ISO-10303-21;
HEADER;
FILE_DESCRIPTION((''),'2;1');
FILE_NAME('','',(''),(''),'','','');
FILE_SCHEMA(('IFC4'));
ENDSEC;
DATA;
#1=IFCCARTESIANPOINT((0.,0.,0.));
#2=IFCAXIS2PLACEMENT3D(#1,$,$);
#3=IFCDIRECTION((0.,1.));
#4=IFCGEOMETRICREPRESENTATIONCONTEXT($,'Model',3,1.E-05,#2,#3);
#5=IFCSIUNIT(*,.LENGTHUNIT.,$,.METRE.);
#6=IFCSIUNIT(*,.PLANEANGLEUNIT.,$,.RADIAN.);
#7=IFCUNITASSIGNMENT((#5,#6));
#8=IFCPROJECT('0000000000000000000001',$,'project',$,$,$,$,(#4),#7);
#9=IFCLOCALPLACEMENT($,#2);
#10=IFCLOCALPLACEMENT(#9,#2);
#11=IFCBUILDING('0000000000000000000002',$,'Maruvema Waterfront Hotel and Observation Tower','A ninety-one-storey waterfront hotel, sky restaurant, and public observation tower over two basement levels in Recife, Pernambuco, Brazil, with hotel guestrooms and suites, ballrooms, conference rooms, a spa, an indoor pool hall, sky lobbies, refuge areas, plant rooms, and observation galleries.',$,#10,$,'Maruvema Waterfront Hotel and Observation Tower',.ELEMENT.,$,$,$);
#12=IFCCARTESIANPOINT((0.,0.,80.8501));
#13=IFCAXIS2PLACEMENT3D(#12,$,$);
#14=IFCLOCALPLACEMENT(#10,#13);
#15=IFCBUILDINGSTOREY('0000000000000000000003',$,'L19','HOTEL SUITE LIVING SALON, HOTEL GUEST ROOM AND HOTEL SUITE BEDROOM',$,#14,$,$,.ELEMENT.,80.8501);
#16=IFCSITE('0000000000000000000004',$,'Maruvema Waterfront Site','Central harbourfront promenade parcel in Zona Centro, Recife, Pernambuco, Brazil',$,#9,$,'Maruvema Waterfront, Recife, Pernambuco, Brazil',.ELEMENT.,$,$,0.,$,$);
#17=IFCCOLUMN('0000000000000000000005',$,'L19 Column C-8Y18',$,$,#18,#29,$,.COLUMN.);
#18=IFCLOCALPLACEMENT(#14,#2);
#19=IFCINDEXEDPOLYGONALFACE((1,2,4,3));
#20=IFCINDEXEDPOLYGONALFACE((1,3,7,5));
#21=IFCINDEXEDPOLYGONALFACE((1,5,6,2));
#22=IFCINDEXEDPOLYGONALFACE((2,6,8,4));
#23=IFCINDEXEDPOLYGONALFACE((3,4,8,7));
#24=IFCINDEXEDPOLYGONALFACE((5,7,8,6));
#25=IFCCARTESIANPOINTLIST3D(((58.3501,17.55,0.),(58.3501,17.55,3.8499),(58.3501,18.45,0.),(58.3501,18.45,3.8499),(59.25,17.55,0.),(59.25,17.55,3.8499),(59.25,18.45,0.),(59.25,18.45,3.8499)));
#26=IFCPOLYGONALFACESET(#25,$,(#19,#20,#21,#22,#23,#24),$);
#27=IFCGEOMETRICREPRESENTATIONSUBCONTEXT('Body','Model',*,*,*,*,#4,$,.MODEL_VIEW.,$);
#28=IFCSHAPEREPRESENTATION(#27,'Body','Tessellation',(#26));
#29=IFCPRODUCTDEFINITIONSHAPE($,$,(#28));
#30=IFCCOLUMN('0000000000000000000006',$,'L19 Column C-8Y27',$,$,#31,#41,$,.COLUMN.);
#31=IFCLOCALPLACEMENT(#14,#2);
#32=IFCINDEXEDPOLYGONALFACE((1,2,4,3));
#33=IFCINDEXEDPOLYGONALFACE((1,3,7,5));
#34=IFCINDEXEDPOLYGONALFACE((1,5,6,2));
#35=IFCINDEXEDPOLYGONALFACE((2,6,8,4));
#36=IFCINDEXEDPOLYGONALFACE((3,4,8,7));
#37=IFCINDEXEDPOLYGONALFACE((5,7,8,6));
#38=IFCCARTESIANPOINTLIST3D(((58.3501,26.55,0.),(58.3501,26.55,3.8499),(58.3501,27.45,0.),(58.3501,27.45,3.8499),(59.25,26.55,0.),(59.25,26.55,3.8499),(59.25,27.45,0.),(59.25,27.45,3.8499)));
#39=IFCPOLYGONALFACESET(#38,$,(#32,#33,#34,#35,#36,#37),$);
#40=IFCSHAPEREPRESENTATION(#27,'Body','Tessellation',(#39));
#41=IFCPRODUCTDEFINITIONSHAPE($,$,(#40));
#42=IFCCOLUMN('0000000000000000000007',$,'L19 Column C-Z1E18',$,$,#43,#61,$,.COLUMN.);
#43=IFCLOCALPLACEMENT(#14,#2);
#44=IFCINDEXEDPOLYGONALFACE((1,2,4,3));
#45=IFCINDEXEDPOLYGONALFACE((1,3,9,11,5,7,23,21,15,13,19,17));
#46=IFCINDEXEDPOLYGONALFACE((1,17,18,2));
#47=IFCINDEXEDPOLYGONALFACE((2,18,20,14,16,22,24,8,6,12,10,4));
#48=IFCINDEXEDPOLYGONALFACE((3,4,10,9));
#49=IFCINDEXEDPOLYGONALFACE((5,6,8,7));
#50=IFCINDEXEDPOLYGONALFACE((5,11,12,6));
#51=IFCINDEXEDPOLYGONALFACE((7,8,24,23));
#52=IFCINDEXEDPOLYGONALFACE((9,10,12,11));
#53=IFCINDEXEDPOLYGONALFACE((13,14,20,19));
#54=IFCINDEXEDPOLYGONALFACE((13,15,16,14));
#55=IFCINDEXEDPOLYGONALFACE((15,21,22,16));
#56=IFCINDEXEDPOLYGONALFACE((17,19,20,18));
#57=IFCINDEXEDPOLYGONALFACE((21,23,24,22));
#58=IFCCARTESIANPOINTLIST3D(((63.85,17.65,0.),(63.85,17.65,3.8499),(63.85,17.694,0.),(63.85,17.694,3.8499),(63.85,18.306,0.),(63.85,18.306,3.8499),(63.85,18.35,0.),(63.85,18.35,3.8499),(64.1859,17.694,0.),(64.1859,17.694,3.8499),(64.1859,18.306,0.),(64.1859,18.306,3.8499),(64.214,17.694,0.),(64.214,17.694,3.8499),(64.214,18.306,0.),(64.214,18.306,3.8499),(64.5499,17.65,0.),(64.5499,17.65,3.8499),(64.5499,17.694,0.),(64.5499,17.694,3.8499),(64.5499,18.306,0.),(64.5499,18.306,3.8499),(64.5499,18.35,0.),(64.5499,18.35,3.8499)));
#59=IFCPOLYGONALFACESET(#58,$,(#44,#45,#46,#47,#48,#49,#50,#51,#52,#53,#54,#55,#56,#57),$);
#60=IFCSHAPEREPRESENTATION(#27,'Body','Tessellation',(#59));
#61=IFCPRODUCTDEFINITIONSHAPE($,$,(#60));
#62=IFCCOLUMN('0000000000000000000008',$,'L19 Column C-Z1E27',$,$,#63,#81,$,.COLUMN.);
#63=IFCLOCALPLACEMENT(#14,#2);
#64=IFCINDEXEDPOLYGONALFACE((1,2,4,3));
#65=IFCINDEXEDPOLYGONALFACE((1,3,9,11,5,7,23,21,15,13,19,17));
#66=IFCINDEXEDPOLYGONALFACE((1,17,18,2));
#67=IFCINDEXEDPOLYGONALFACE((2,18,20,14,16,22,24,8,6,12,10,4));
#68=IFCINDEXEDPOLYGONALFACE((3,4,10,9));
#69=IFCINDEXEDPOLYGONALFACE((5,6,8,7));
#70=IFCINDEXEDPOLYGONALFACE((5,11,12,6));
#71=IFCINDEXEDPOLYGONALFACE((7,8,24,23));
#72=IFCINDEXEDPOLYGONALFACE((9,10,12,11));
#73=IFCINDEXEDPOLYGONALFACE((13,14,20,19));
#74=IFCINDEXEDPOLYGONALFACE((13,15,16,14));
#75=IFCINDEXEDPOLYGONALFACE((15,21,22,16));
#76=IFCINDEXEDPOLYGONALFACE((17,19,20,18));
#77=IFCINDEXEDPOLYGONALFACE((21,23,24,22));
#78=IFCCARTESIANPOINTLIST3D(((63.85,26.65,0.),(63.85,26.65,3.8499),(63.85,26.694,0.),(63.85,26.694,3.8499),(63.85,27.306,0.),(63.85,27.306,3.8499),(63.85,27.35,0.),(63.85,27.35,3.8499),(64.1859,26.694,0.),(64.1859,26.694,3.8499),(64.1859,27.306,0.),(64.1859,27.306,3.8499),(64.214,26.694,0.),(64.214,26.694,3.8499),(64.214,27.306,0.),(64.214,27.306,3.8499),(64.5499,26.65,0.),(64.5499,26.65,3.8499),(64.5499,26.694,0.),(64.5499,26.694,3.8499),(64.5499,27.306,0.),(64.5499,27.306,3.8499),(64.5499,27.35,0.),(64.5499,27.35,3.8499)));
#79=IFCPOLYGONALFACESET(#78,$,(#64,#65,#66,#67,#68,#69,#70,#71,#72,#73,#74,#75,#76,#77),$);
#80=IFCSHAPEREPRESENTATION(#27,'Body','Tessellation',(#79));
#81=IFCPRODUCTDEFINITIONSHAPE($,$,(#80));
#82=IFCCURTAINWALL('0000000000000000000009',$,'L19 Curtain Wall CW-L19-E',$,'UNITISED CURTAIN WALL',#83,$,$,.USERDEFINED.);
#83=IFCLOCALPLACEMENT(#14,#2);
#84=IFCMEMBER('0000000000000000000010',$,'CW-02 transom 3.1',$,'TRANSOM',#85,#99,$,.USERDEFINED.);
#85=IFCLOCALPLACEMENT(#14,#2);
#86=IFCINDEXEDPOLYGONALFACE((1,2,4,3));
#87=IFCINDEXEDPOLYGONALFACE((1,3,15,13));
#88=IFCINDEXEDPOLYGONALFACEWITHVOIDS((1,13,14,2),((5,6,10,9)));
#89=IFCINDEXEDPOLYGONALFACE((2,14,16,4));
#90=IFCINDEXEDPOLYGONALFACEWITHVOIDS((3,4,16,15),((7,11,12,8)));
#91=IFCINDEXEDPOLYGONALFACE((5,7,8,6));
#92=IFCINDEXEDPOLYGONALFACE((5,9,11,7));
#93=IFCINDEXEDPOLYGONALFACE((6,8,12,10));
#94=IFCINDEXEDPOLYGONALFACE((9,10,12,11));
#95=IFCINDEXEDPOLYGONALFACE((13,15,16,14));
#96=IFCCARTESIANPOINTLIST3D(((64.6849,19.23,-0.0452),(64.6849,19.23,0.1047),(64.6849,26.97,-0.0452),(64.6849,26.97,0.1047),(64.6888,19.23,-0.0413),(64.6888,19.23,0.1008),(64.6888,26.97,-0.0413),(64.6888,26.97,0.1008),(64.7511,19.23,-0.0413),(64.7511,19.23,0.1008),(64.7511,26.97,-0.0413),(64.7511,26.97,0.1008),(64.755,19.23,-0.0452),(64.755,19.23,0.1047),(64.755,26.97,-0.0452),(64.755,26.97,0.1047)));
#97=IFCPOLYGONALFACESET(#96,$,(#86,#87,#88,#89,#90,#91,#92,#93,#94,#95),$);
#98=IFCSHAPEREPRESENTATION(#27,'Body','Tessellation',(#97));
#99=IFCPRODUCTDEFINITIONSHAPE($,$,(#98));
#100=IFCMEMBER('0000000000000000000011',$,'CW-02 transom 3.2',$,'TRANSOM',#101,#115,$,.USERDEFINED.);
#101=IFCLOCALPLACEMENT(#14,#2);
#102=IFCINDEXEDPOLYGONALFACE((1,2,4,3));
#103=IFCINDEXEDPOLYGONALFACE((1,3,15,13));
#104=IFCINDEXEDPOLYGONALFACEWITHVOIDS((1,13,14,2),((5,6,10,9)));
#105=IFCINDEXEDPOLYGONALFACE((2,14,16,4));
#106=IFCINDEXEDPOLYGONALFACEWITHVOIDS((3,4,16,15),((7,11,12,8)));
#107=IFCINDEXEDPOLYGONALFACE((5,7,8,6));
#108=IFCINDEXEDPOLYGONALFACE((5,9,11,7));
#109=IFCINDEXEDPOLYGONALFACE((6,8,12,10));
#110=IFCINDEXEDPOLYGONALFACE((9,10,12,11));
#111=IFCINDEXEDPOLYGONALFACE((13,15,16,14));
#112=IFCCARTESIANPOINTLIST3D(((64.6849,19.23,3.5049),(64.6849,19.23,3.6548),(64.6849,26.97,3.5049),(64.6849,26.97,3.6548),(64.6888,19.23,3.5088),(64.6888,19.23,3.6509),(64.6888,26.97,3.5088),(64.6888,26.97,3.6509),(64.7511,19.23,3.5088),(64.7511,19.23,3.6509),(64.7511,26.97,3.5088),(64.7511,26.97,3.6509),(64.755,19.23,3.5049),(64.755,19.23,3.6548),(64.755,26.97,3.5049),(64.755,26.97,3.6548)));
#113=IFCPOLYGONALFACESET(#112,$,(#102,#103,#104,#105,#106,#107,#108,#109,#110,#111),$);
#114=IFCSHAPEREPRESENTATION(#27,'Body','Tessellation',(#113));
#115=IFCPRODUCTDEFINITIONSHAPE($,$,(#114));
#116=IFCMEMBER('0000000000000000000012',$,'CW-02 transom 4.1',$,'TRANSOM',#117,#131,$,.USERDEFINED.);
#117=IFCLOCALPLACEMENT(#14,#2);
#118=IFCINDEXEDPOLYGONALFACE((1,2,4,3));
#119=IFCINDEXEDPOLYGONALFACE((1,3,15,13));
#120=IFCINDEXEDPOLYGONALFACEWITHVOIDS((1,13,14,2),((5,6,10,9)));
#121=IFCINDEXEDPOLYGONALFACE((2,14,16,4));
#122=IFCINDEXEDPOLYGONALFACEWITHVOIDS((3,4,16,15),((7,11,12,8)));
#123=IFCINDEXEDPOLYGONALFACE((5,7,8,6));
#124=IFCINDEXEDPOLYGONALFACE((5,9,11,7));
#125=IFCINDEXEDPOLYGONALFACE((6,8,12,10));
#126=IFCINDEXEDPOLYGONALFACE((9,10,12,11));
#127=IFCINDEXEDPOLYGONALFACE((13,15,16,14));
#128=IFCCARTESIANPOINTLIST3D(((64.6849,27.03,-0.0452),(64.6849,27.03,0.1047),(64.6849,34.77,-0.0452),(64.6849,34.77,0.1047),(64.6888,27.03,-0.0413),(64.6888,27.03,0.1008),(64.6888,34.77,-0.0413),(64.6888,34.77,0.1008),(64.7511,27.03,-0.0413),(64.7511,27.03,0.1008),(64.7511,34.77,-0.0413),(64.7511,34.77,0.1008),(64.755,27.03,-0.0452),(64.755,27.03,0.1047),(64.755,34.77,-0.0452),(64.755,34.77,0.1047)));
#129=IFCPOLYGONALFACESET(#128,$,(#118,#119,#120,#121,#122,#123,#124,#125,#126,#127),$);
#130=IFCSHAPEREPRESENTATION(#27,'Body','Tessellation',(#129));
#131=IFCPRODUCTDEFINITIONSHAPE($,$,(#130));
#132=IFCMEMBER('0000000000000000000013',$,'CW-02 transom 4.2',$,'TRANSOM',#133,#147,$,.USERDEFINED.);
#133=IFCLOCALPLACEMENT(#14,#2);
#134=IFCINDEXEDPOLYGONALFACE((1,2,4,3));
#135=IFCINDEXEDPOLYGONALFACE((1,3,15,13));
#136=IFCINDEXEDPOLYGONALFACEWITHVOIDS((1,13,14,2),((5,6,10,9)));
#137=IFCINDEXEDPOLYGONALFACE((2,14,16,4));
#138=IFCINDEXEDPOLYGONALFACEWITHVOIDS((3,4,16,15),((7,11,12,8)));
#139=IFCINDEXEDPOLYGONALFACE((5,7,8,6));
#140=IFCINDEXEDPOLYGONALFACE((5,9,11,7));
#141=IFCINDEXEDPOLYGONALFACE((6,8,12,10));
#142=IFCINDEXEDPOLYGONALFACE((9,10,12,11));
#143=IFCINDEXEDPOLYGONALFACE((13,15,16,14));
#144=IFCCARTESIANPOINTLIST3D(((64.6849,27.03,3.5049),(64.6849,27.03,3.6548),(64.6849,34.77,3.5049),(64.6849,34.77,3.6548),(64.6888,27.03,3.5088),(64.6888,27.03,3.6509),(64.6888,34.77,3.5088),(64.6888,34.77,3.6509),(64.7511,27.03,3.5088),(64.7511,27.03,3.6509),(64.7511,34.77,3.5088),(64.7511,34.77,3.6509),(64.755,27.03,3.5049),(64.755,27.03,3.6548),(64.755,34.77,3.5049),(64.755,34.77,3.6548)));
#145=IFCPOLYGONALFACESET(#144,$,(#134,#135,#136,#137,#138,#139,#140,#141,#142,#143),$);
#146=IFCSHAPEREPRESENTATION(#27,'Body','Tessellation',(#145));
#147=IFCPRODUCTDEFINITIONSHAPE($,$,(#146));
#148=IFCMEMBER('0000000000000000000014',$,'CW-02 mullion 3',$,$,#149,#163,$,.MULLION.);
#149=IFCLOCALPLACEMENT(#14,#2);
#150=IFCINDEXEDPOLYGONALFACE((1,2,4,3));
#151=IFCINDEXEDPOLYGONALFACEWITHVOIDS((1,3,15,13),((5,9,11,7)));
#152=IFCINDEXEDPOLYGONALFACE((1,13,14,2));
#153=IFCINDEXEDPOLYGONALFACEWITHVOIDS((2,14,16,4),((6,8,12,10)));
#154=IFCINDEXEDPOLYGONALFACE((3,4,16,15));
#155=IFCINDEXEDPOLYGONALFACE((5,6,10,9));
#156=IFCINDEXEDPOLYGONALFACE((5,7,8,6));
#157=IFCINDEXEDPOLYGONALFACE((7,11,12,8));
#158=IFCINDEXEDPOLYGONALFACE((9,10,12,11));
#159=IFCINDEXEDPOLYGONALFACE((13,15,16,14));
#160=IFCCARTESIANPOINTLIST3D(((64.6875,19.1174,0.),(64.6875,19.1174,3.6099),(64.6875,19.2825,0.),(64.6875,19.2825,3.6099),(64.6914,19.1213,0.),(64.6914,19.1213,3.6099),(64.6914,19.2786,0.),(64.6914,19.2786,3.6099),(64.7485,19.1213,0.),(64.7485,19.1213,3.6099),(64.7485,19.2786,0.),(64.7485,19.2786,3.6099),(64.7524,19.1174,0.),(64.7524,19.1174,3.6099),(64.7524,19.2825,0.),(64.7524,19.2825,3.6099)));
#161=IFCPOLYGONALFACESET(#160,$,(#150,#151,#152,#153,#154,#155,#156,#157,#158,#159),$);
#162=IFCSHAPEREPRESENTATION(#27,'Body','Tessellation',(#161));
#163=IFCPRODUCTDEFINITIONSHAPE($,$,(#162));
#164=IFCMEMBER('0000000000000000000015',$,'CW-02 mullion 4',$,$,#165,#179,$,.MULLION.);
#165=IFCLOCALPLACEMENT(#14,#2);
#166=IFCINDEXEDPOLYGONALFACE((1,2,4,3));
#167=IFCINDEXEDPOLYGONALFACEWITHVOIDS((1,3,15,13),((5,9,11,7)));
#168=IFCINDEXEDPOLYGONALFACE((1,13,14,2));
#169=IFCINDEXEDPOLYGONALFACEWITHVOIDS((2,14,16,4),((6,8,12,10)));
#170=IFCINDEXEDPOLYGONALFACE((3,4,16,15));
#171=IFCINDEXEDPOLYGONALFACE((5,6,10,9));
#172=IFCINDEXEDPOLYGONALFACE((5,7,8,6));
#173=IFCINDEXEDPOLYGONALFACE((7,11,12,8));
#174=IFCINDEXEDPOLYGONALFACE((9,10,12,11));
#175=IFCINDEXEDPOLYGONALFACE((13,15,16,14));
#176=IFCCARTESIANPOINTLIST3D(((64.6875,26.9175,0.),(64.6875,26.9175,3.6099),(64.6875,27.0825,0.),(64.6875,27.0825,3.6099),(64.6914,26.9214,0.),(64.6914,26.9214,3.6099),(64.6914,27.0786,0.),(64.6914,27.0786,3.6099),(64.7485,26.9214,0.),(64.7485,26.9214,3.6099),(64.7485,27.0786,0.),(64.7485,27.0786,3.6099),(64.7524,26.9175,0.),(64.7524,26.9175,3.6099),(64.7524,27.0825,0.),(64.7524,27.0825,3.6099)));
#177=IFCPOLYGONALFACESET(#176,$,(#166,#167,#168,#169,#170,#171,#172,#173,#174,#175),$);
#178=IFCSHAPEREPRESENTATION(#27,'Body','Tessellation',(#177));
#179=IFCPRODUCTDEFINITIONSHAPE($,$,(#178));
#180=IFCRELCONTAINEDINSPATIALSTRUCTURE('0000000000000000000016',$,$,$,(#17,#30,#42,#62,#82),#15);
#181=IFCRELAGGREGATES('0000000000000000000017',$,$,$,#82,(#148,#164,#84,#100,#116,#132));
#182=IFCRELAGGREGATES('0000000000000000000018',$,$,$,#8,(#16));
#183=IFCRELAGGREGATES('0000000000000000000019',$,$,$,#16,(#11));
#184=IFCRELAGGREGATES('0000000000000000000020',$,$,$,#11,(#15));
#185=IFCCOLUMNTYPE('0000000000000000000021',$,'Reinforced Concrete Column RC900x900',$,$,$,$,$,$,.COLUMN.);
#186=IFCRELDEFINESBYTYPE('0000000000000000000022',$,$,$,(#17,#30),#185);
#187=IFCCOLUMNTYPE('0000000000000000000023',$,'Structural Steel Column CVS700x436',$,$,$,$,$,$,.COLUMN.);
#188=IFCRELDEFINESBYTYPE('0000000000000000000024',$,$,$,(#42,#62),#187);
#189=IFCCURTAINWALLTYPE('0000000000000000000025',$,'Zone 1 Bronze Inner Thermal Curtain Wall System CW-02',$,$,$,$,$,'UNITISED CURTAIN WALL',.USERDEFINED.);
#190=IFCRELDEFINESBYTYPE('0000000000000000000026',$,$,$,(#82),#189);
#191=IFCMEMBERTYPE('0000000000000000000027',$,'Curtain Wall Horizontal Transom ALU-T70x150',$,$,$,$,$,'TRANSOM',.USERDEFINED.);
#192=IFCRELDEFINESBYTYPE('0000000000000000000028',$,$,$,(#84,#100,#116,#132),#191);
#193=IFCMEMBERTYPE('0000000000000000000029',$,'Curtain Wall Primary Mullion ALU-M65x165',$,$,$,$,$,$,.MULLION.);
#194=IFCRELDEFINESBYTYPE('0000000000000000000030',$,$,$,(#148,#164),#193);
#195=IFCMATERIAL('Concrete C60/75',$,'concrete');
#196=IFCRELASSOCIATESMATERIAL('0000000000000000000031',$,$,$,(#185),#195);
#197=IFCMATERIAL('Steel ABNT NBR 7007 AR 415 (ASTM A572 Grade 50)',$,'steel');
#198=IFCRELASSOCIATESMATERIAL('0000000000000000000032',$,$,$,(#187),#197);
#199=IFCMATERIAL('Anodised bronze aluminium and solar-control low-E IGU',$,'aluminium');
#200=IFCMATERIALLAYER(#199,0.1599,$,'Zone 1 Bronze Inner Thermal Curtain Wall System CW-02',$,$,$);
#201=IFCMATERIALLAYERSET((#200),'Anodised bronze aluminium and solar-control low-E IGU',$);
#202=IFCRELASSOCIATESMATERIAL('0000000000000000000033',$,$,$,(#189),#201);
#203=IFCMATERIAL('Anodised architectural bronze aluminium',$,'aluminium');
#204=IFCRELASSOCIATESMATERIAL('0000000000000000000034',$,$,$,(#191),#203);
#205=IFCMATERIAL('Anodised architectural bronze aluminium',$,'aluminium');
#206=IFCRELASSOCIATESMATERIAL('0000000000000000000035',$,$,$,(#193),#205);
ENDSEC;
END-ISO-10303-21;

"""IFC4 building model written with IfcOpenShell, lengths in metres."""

from ifc_helpers import new_model, si_unit, direction, frame, origin, origin_2d, place, context, subcontext, project, spatial, rectangle, hollow_rectangle, i_section, extrude, material, layer, layer_set, material_profile, profile_set, type_object, element, aggregate, save


model = new_model("IFC4")

# Units and contexts
model_context = context("Model", 3, precision=1e-05, world=origin(), true_north=direction((0.0, 1.0)))
body_context = subcontext(model_context, "Body", "Model", "MODEL_VIEW")
ifc_project = project(units=[si_unit("LENGTHUNIT", "METRE"), si_unit("PLANEANGLEUNIT", "RADIAN")], contexts=[model_context])

# Site, building, storey
site_placement = place(None, origin())
site = spatial("IfcSite", under=ifc_project, at=site_placement, Name="Maruvema Waterfront Site", Description="Central harbourfront promenade parcel in Zona Centro, Recife, Pernambuco, Brazil", LongName="Maruvema Waterfront, Recife, Pernambuco, Brazil", CompositionType="ELEMENT", RefElevation=0.0)
building_placement = place(site_placement, origin())
building = spatial("IfcBuilding", under=site, at=building_placement, Name="Maruvema Waterfront Hotel and Observation Tower", Description="A ninety-one-storey waterfront hotel, sky restaurant, and public observation tower over two basement levels in Recife, Pernambuco, Brazil, with hotel guestrooms and suites, ballrooms, conference rooms, a spa, an indoor pool hall, sky lobbies, refuge areas, plant rooms, and observation galleries.", LongName="Maruvema Waterfront Hotel and Observation Tower", CompositionType="ELEMENT")
storey_placement = place(building_placement, frame((0.0, 0.0, 80.8501)))
storey = spatial("IfcBuildingStorey", under=building, at=storey_placement, Name="L19", Description="HOTEL SUITE LIVING SALON, HOTEL GUEST ROOM AND HOTEL SUITE BEDROOM", CompositionType="ELEMENT", Elevation=80.8501)

# Columns
ifc_material_1 = material(Name="Concrete C60/75", Category="concrete")
ifc_material_profile_1 = material_profile(ifc_material_1, rectangle(XDim=0.8999, YDim=0.8999, at=origin_2d()), Name="RC900x900")
ifc_profile_set_1 = profile_set([ifc_material_profile_1], Name="Concrete C60/75")
column_type_1 = type_object("IfcColumnType", Name="Reinforced Concrete Column RC900x900", PredefinedType="COLUMN", material=ifc_profile_set_1)
for number, where, z_axis, x_axis, name in (
    (1, (58.8, 18.0, 0.0), (0.0, 0.0, 1.0), (1.0, 0.0, 0.0), "L19 Column C-8Y18"),
    (2, (58.8, 27.0, 0.0), (0.0, 0.0, 1.0), (1.0, 0.0, 0.0), "L19 Column C-8Y27"),
):
    element("IfcColumn", number, at=place(storey_placement, frame(where, z_axis=z_axis, x_axis=x_axis)), inside=storey, type_object=column_type_1, Name=name, PredefinedType="COLUMN", context=body_context, shape_type="SweptSolid", body=[
        extrude(rectangle(XDim=0.8999, YDim=0.8999, at=origin_2d()), origin(), (0.0, 0.0, 1.0), 3.8499),
    ])
ifc_material_2 = material(Name="Steel ABNT NBR 7007 AR 415 (ASTM A572 Grade 50)", Category="steel")
ifc_material_profile_2 = material_profile(ifc_material_2, i_section(OverallWidth=0.7, OverallDepth=0.7, WebThickness=0.0281, FlangeThickness=0.0439, at=origin_2d()), Name="CVS700x436")
ifc_profile_set_2 = profile_set([ifc_material_profile_2], Name="Steel ABNT NBR 7007 AR 415 (ASTM A572 Grade 50)")
column_type_2 = type_object("IfcColumnType", Name="Structural Steel Column CVS700x436", PredefinedType="COLUMN", material=ifc_profile_set_2)
for number, where, z_axis, x_axis, name in (
    (3, (64.2, 18.0, 0.0), (0.0, 0.0, 1.0), (1.0, 0.0, 0.0), "L19 Column C-Z1E18"),
    (4, (64.2, 27.0, 0.0), (0.0, 0.0, 1.0), (1.0, 0.0, 0.0), "L19 Column C-Z1E27"),
):
    element("IfcColumn", number, at=place(storey_placement, frame(where, z_axis=z_axis, x_axis=x_axis)), inside=storey, type_object=column_type_2, Name=name, PredefinedType="COLUMN", context=body_context, shape_type="SweptSolid", body=[
        extrude(i_section(OverallWidth=0.7, OverallDepth=0.7, WebThickness=0.0281, FlangeThickness=0.0439, at=origin_2d()), origin(), (0.0, 0.0, 1.0), 3.8499),
    ])

# Curtain wall, members
ifc_material_3 = material(Name="Anodised bronze aluminium and solar-control low-E IGU", Category="aluminium")
ifc_layer_1 = layer(ifc_material_3, 0.1599, Name="Zone 1 Bronze Inner Thermal Curtain Wall System CW-02")
ifc_layer_set_1 = layer_set([ifc_layer_1], Name="Anodised bronze aluminium and solar-control low-E IGU")
curtain_wall_type = type_object("IfcCurtainWallType", Name="Zone 1 Bronze Inner Thermal Curtain Wall System CW-02", ElementType="UNITISED CURTAIN WALL", PredefinedType="USERDEFINED", material=ifc_layer_set_1)
curtain_wall_placement = place(storey_placement, origin())
curtain_wall = element("IfcCurtainWall", 5, at=curtain_wall_placement, inside=storey, type_object=curtain_wall_type, Name="L19 Curtain Wall CW-L19-E", ObjectType="UNITISED CURTAIN WALL", PredefinedType="USERDEFINED")
ifc_material_4 = material(Name="Anodised architectural bronze aluminium", Category="aluminium")
ifc_material_profile_3 = material_profile(ifc_material_4, hollow_rectangle(XDim=0.0701, YDim=0.1499, WallThickness=0.0039, at=origin_2d()), Name="ALU-T70x150")
ifc_profile_set_3 = profile_set([ifc_material_profile_3], Name="Anodised architectural bronze aluminium")
member_type_1 = type_object("IfcMemberType", Name="Curtain Wall Horizontal Transom ALU-T70x150", ElementType="TRANSOM", PredefinedType="USERDEFINED", material=ifc_profile_set_3)
member_1_placement = place(storey_placement, frame((64.72, 19.23, 0.0298), z_axis=(0.0, 1.0, 0.0), x_axis=(-1.0, 0.0, 0.0)))
member_1 = element("IfcMember", 6, at=member_1_placement, type_object=member_type_1, Name="CW-02 transom 3.1", ObjectType="TRANSOM", PredefinedType="USERDEFINED", context=body_context, shape_type="SweptSolid", body=[
    extrude(hollow_rectangle(XDim=0.0701, YDim=0.1499, WallThickness=0.0039, at=origin_2d()), origin(), (0.0, 0.0, 1.0), 7.74),
])
member_2_placement = place(storey_placement, frame((64.72, 19.23, 3.5798), z_axis=(0.0, 1.0, 0.0), x_axis=(-1.0, 0.0, 0.0)))
member_2 = element("IfcMember", 7, at=member_2_placement, type_object=member_type_1, Name="CW-02 transom 3.2", ObjectType="TRANSOM", PredefinedType="USERDEFINED", context=body_context, shape_type="SweptSolid", body=[
    extrude(hollow_rectangle(XDim=0.0701, YDim=0.1499, WallThickness=0.0039, at=origin_2d()), origin(), (0.0, 0.0, 1.0), 7.74),
])
member_3_placement = place(storey_placement, frame((64.72, 27.03, 0.0298), z_axis=(0.0, 1.0, 0.0), x_axis=(-1.0, 0.0, 0.0)))
member_3 = element("IfcMember", 8, at=member_3_placement, type_object=member_type_1, Name="CW-02 transom 4.1", ObjectType="TRANSOM", PredefinedType="USERDEFINED", context=body_context, shape_type="SweptSolid", body=[
    extrude(hollow_rectangle(XDim=0.0701, YDim=0.1499, WallThickness=0.0039, at=origin_2d()), origin(), (0.0, 0.0, 1.0), 7.74),
])
member_4_placement = place(storey_placement, frame((64.72, 27.03, 3.5798), z_axis=(0.0, 1.0, 0.0), x_axis=(-1.0, 0.0, 0.0)))
member_4 = element("IfcMember", 9, at=member_4_placement, type_object=member_type_1, Name="CW-02 transom 4.2", ObjectType="TRANSOM", PredefinedType="USERDEFINED", context=body_context, shape_type="SweptSolid", body=[
    extrude(hollow_rectangle(XDim=0.0701, YDim=0.1499, WallThickness=0.0039, at=origin_2d()), origin(), (0.0, 0.0, 1.0), 7.74),
])
ifc_material_5 = material(Name="Anodised architectural bronze aluminium", Category="aluminium")
ifc_material_profile_4 = material_profile(ifc_material_5, hollow_rectangle(XDim=0.0649, YDim=0.165, WallThickness=0.0039, at=origin_2d()), Name="ALU-M65x165")
ifc_profile_set_4 = profile_set([ifc_material_profile_4], Name="Anodised architectural bronze aluminium")
member_type_2 = type_object("IfcMemberType", Name="Curtain Wall Primary Mullion ALU-M65x165", PredefinedType="MULLION", material=ifc_profile_set_4)
member_5_placement = place(storey_placement, frame((64.72, 19.2, 0.0), z_axis=(0.0, 0.0, 1.0), x_axis=(-1.0, 0.0, 0.0)))
member_5 = element("IfcMember", 10, at=member_5_placement, type_object=member_type_2, Name="CW-02 mullion 3", PredefinedType="MULLION", context=body_context, shape_type="SweptSolid", body=[
    extrude(hollow_rectangle(XDim=0.0649, YDim=0.165, WallThickness=0.0039, at=origin_2d()), origin(), (0.0, 0.0, 1.0), 3.6099),
])
member_6_placement = place(storey_placement, frame((64.72, 27.0, 0.0), z_axis=(0.0, 0.0, 1.0), x_axis=(-1.0, 0.0, 0.0)))
member_6 = element("IfcMember", 11, at=member_6_placement, type_object=member_type_2, Name="CW-02 mullion 4", PredefinedType="MULLION", context=body_context, shape_type="SweptSolid", body=[
    extrude(hollow_rectangle(XDim=0.0649, YDim=0.165, WallThickness=0.0039, at=origin_2d()), origin(), (0.0, 0.0, 1.0), 3.6099),
])

aggregate(curtain_wall, [member_5, member_6, member_1, member_2, member_3, member_4])

save(model, "model.ifc")
